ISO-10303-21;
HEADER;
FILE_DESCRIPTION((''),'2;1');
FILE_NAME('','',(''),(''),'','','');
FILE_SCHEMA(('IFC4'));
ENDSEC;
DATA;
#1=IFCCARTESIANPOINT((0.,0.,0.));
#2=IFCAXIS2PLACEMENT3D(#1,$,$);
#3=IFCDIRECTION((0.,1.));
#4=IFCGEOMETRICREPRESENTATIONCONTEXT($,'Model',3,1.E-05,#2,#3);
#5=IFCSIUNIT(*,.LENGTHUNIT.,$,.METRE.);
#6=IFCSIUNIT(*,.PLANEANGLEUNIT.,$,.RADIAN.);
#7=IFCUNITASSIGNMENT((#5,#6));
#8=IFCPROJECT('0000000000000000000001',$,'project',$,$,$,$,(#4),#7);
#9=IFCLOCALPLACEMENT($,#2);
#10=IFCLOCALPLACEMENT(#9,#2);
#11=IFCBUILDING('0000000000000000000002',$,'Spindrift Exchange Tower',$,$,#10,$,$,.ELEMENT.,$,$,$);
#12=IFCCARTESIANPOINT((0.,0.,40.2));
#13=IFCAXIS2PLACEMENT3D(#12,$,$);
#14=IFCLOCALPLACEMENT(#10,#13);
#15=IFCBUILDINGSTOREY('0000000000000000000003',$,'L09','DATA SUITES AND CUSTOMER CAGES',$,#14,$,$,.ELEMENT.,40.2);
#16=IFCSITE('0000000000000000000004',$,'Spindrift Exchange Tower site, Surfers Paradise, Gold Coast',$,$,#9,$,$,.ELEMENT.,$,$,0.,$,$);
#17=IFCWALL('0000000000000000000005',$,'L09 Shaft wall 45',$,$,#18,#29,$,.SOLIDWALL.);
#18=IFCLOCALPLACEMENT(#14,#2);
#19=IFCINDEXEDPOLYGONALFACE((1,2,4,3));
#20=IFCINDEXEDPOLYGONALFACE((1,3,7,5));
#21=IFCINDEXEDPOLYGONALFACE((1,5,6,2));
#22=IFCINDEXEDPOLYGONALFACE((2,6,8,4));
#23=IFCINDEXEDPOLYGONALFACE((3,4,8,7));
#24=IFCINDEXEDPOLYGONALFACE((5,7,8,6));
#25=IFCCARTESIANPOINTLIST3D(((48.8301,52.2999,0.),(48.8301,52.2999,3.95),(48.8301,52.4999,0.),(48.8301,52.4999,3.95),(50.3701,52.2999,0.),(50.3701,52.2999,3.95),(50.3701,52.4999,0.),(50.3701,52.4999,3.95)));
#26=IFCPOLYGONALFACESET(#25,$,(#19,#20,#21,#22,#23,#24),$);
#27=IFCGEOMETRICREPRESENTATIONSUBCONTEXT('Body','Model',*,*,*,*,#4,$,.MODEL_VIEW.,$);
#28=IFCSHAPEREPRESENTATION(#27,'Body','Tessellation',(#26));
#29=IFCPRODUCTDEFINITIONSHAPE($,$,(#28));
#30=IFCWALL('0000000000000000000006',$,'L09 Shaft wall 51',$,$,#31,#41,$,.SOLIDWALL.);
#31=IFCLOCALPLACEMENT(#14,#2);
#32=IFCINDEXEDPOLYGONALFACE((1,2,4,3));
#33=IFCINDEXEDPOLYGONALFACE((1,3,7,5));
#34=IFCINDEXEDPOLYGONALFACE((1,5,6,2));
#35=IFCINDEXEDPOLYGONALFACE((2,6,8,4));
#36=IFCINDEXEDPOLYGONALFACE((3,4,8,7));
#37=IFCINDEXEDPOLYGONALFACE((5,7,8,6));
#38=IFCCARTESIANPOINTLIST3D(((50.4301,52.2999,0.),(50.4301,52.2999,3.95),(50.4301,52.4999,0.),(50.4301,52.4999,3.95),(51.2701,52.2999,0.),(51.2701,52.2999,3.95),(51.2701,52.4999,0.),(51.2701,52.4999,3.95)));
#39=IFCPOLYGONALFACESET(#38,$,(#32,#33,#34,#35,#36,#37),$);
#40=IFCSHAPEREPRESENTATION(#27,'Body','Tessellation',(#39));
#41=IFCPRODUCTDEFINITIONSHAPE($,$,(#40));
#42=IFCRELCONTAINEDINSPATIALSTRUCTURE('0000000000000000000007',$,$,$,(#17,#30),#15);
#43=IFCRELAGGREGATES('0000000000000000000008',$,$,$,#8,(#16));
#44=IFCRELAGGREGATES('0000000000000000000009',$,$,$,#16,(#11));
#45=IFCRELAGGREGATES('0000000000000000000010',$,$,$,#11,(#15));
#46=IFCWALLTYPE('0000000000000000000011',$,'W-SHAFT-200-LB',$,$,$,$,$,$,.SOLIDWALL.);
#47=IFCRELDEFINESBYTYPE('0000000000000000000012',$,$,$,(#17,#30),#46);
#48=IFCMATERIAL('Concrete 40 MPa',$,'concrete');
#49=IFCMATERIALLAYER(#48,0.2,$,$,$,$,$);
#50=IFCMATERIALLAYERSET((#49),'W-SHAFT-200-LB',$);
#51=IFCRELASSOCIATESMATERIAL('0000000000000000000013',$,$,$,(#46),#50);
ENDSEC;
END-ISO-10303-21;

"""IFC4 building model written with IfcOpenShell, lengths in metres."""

from ifc_helpers import new_model, si_unit, direction, frame, frame_2d, origin, place, context, subcontext, project, spatial, rectangle, extrude, material, layer, layer_set, type_object, element, save


model = new_model("IFC4")

# Units and contexts
model_context = context("Model", 3, precision=1e-05, world=origin(), true_north=direction((0.0, 1.0)))
body_context = subcontext(model_context, "Body", "Model", "MODEL_VIEW")
ifc_project = project(units=[si_unit("LENGTHUNIT", "METRE"), si_unit("PLANEANGLEUNIT", "RADIAN")], contexts=[model_context])

# Site, building, storey
site_placement = place(None, origin())
site = spatial("IfcSite", under=ifc_project, at=site_placement, Name="Spindrift Exchange Tower site, Surfers Paradise, Gold Coast", CompositionType="ELEMENT", RefElevation=0.0)
building_placement = place(site_placement, origin())
building = spatial("IfcBuilding", under=site, at=building_placement, Name="Spindrift Exchange Tower", CompositionType="ELEMENT")
storey_placement = place(building_placement, frame((0.0, 0.0, 40.2)))
storey = spatial("IfcBuildingStorey", under=building, at=storey_placement, Name="L09", Description="DATA SUITES AND CUSTOMER CAGES", CompositionType="ELEMENT", Elevation=40.2)

# Shared definitions
ifc_material_1 = material(Name="Concrete 40 MPa", Category="concrete")

# Shared definitions
ifc_layer_1 = layer(ifc_material_1, 0.2)
ifc_layer_set_1 = layer_set([ifc_layer_1], Name="W-SHAFT-200-LB")
wall_type_1 = type_object("IfcWallType", Name="W-SHAFT-200-LB", PredefinedType="SOLIDWALL", material=ifc_layer_set_1)

# Walls
wall_1_placement = place(storey_placement, frame((50.3701, 52.3999, 0.0), z_axis=(0.0, 0.0, 1.0), x_axis=(-1.0, 0.0, 0.0)))
element("IfcWall", 1, at=wall_1_placement, inside=storey, type_object=wall_type_1, Name="L09 Shaft wall 45", PredefinedType="SOLIDWALL", context=body_context, shape_type="SweptSolid", body=[
    extrude(rectangle(XDim=1.54, YDim=0.2, at=frame_2d((0.77, 0.0))), origin(), (0.0, 0.0, 1.0), 3.95),
])
wall_2_placement = place(storey_placement, frame((51.27, 52.3999, 0.0), z_axis=(0.0, 0.0, 1.0), x_axis=(-1.0, 0.0, 0.0)))
element("IfcWall", 2, at=wall_2_placement, inside=storey, type_object=wall_type_1, Name="L09 Shaft wall 51", PredefinedType="SOLIDWALL", context=body_context, shape_type="SweptSolid", body=[
    extrude(rectangle(XDim=0.8401, YDim=0.2, at=frame_2d((0.4199, 0.0))), origin(), (0.0, 0.0, 1.0), 3.95),
])

save(model, "model.ifc")
